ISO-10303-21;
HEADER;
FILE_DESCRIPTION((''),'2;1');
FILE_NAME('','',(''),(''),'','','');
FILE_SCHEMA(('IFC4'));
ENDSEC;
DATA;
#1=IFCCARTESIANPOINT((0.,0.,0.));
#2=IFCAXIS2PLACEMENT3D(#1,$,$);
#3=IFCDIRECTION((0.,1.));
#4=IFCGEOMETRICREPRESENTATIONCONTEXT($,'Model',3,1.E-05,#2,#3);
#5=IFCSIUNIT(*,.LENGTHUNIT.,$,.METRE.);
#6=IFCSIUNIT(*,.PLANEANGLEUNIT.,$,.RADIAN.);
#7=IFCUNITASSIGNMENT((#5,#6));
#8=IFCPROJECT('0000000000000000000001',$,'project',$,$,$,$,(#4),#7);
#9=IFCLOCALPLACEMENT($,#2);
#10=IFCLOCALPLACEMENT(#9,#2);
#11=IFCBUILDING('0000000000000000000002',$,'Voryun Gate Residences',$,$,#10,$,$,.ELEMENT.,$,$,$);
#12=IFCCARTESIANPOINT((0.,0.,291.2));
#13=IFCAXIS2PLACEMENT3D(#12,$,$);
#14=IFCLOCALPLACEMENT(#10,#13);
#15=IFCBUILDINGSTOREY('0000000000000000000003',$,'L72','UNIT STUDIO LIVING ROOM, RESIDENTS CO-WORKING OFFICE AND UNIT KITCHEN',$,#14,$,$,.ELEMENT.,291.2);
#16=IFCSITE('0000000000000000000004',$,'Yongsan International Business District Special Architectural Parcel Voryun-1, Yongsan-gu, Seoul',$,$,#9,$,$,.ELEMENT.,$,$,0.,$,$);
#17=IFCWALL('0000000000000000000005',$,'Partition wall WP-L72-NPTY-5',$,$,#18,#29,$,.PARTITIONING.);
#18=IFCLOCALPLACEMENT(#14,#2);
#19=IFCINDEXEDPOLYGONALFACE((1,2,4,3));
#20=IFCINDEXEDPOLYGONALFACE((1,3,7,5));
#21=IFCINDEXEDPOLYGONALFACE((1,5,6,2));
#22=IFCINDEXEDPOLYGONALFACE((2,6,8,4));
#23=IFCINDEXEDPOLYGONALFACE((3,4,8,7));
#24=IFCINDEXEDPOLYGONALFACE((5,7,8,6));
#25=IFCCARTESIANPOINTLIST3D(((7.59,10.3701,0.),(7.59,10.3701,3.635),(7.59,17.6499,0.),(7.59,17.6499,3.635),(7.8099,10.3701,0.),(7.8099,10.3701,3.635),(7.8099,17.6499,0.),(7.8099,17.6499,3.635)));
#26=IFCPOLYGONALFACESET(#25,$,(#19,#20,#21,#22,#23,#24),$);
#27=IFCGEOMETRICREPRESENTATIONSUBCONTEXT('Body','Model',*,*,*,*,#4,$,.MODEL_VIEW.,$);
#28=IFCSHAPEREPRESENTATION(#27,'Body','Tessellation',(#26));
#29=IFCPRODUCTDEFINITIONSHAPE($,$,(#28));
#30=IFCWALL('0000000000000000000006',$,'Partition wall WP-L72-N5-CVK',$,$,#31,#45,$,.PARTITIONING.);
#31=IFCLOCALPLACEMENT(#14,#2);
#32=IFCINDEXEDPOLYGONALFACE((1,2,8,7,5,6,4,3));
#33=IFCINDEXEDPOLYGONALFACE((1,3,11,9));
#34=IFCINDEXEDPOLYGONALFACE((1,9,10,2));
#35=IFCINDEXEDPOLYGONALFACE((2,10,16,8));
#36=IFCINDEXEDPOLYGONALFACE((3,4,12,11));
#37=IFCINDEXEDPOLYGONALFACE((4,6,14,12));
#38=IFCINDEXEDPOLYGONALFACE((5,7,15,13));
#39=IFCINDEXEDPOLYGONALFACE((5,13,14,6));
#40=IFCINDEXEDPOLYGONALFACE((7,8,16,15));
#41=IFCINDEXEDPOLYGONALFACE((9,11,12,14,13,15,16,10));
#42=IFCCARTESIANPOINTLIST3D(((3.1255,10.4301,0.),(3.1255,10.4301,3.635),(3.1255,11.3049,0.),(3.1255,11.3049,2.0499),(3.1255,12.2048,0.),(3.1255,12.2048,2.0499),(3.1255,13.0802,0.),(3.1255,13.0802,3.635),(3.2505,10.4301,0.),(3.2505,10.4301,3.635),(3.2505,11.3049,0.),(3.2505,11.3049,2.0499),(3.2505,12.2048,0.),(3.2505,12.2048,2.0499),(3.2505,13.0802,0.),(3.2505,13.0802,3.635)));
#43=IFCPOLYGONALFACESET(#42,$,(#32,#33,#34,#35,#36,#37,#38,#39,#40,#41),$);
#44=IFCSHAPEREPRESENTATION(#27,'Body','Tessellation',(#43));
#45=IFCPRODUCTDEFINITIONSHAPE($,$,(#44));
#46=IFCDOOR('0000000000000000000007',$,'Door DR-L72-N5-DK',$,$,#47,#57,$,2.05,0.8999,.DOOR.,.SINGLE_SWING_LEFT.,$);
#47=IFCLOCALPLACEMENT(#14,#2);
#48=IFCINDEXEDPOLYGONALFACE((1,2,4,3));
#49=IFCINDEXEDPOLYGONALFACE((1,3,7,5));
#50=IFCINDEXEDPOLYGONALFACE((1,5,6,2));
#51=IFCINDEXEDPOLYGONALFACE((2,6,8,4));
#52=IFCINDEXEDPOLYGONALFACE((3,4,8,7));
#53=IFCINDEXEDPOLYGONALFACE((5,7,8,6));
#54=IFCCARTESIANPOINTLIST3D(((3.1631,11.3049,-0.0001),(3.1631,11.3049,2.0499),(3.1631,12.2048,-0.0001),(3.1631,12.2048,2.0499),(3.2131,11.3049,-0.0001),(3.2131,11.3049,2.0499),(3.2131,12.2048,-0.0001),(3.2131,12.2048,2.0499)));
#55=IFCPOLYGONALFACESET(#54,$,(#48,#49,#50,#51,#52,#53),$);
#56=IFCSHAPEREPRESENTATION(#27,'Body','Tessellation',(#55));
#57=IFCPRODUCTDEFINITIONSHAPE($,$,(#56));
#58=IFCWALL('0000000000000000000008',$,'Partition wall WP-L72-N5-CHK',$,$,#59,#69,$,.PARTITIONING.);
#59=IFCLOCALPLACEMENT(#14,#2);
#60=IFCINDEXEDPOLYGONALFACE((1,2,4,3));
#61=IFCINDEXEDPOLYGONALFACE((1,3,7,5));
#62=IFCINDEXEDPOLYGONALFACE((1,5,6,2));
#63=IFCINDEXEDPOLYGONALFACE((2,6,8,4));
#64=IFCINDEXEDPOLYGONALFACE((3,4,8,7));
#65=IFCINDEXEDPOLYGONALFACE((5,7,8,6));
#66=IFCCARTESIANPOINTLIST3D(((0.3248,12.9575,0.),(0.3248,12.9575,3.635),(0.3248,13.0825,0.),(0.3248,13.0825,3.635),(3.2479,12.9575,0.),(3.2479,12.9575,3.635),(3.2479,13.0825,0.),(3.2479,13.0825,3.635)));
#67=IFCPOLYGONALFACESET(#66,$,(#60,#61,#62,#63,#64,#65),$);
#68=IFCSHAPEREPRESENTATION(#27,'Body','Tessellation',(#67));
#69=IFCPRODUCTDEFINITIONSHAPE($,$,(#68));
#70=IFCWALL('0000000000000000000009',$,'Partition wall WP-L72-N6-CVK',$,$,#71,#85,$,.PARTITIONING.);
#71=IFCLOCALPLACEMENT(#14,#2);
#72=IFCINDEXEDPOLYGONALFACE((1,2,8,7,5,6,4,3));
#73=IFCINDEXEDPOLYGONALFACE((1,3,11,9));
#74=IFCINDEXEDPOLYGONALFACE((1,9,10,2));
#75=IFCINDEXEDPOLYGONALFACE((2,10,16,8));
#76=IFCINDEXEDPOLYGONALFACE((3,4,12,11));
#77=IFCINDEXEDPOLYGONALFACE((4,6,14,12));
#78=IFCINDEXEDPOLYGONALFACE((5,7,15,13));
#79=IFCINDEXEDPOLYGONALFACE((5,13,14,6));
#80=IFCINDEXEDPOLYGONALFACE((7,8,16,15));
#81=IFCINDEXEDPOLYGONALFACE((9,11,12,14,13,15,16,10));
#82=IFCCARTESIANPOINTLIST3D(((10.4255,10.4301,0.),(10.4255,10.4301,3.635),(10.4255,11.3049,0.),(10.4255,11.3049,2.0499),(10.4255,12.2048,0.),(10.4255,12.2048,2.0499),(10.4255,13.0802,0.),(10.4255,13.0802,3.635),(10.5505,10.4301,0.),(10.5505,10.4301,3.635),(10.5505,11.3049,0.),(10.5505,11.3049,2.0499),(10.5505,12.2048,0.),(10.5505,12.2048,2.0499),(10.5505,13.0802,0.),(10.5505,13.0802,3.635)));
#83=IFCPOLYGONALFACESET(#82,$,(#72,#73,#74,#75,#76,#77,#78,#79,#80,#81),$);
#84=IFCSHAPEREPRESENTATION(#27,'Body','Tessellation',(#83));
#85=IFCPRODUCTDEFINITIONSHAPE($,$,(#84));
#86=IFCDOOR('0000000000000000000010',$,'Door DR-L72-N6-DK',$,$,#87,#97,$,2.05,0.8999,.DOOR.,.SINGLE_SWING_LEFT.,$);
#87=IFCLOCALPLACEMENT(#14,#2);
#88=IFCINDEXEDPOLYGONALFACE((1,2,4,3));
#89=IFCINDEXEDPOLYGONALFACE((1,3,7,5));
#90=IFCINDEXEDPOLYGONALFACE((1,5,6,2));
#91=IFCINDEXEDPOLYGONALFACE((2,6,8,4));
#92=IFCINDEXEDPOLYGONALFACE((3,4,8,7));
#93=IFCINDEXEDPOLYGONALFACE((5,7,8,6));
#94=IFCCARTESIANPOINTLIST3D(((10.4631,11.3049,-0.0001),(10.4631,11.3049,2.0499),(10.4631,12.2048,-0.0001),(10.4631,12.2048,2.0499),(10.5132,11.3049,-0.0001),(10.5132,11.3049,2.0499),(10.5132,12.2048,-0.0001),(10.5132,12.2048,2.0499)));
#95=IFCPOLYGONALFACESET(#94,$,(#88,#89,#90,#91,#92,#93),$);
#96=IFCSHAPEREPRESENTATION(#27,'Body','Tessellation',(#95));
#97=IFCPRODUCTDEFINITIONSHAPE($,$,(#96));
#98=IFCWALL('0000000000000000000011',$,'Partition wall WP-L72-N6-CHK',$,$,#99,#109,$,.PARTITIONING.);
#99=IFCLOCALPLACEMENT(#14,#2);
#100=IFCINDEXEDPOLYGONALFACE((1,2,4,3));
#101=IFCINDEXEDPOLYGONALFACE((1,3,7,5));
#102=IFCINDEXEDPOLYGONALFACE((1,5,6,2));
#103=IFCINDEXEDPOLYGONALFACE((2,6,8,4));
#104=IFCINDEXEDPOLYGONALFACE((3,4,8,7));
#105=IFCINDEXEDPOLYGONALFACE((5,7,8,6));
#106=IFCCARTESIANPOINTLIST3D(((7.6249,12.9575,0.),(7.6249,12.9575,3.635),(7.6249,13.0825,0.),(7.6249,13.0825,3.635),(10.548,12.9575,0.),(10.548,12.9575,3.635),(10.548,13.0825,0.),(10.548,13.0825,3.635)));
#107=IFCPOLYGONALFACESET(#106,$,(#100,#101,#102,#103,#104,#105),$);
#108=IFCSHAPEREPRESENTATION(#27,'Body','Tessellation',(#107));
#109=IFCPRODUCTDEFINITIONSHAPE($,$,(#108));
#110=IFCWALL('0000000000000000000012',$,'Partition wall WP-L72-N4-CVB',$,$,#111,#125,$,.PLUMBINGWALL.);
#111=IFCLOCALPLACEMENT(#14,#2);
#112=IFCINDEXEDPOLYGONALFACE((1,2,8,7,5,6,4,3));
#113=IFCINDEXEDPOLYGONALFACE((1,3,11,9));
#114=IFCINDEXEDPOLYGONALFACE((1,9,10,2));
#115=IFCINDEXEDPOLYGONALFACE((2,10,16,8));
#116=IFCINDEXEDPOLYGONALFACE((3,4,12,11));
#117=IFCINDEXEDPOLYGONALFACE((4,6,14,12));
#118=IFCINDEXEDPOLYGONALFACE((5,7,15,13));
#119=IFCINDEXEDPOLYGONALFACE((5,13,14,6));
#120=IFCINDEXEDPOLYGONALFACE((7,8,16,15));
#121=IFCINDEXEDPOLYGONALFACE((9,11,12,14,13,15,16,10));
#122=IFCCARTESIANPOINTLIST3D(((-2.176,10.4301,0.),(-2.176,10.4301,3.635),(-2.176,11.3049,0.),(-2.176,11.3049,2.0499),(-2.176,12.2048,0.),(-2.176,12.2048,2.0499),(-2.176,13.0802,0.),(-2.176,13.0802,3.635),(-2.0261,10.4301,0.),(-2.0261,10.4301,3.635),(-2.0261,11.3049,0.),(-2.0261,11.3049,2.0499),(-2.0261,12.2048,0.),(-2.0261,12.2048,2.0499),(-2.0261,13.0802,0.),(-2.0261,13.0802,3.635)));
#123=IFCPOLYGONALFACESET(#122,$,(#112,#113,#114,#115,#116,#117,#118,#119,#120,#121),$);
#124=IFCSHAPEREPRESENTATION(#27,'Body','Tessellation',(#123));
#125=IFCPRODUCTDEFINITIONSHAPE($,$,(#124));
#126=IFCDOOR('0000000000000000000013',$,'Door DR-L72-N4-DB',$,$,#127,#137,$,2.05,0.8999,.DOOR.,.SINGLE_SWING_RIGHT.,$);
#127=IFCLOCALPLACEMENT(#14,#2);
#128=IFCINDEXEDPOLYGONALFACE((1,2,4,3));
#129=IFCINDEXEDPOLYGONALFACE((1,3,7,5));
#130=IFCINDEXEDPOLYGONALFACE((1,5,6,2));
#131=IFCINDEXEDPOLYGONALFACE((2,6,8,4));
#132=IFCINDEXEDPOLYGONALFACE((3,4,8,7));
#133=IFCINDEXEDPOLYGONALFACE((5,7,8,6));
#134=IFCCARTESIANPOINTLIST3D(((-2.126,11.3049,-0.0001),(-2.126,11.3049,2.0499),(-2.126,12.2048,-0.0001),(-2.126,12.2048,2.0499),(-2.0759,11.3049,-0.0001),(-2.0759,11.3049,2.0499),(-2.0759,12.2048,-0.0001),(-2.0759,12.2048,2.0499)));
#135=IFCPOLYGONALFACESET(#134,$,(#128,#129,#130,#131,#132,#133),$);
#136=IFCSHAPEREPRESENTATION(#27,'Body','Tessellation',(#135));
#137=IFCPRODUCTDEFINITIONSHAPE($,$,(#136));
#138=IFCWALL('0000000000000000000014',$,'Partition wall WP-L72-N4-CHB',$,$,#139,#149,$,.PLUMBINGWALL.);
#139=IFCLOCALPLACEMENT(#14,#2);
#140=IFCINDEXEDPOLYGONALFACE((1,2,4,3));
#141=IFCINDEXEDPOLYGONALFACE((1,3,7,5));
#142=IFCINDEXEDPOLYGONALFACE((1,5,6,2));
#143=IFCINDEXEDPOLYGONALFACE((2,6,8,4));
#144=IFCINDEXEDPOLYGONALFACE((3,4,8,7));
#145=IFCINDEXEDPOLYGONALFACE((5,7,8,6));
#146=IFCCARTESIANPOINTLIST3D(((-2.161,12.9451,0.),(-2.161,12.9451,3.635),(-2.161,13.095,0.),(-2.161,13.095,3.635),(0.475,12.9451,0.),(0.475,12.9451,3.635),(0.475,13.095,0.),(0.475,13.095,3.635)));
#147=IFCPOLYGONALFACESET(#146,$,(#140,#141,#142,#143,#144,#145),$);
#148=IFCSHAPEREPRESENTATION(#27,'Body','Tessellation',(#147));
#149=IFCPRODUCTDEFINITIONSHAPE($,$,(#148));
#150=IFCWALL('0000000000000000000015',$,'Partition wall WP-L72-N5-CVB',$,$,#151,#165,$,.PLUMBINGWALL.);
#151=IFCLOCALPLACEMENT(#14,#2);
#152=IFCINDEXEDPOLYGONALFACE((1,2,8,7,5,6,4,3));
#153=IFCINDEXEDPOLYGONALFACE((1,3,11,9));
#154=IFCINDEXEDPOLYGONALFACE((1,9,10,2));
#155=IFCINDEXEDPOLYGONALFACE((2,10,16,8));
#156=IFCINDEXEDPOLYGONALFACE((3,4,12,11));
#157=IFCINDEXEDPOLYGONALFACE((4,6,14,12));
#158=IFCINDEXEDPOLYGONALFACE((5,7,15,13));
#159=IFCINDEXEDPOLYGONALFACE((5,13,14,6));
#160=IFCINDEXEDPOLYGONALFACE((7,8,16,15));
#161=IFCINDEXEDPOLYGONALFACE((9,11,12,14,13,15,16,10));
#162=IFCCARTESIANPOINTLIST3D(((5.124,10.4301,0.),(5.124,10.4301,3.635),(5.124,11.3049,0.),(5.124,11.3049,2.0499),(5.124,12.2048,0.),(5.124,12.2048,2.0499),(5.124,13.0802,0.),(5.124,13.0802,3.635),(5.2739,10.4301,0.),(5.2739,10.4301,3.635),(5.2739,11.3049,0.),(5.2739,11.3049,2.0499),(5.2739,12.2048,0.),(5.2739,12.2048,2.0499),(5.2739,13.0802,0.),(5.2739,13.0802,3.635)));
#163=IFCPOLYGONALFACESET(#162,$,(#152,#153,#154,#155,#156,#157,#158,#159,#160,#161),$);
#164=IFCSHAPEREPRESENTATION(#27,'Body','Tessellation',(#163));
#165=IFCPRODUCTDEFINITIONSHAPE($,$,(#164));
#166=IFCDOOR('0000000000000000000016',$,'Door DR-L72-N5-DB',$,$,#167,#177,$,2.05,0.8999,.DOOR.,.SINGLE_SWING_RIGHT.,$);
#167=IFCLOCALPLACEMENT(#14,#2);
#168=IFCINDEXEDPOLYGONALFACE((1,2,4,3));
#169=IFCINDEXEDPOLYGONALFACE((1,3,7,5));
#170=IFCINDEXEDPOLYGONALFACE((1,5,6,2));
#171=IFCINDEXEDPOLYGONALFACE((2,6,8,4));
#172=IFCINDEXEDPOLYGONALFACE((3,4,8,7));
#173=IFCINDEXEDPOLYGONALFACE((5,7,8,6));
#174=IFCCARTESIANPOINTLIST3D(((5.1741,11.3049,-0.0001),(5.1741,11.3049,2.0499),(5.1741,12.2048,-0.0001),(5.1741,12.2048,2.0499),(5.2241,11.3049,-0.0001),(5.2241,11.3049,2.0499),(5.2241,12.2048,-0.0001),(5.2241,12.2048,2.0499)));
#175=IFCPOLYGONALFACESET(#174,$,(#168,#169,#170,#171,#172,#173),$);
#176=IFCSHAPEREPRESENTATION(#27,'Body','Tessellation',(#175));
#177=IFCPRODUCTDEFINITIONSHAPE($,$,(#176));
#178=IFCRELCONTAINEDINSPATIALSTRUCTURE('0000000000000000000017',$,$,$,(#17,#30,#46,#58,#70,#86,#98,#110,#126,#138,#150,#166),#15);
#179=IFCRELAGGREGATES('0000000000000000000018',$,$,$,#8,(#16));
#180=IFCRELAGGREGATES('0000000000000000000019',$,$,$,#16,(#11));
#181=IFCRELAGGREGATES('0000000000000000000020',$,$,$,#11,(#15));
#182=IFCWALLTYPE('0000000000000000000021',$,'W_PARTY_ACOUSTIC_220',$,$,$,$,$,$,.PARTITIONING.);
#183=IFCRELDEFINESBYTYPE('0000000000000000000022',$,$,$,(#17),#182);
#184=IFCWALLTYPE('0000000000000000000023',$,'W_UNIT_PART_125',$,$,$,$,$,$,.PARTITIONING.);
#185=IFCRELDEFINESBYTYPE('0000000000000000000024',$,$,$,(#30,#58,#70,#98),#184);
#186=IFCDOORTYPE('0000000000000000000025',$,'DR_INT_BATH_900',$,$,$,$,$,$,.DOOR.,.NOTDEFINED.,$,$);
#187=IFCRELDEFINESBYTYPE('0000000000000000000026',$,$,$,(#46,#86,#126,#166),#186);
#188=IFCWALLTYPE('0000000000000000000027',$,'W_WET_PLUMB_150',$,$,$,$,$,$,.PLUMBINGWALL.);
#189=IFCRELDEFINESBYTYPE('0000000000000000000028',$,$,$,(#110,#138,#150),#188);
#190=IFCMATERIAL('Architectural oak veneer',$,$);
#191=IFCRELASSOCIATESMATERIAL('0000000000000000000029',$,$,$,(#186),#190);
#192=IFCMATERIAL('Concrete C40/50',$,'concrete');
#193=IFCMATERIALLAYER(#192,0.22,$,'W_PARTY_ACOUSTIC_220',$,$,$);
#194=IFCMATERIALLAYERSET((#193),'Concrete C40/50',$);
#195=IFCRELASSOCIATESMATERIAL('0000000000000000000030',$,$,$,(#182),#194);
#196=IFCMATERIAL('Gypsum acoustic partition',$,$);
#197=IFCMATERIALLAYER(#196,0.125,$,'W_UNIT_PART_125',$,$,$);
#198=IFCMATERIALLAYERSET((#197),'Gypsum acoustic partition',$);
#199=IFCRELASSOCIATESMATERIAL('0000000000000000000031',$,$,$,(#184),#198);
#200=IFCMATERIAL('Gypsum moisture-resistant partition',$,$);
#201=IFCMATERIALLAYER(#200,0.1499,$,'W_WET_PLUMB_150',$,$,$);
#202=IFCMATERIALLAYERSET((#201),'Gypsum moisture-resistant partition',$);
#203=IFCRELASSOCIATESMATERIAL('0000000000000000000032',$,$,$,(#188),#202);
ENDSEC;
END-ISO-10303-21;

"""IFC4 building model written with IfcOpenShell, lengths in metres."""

from ifc_helpers import new_model, si_unit, direction, frame, frame_2d, origin, place, context, subcontext, project, spatial, rectangle, extrude, material, layer, layer_set, type_object, element, fill, save


model = new_model("IFC4")

# Units and contexts
model_context = context("Model", 3, precision=1e-05, world=origin(), true_north=direction((0.0, 1.0)))
body_context = subcontext(model_context, "Body", "Model", "MODEL_VIEW")
ifc_project = project(units=[si_unit("LENGTHUNIT", "METRE"), si_unit("PLANEANGLEUNIT", "RADIAN")], contexts=[model_context])

# Site, building, storey
site_placement = place(None, origin())
site = spatial("IfcSite", under=ifc_project, at=site_placement, Name="Yongsan International Business District Special Architectural Parcel Voryun-1, Yongsan-gu, Seoul", CompositionType="ELEMENT", RefElevation=0.0)
building_placement = place(site_placement, origin())
building = spatial("IfcBuilding", under=site, at=building_placement, Name="Voryun Gate Residences", CompositionType="ELEMENT")
storey_placement = place(building_placement, frame((0.0, 0.0, 291.2)))
storey = spatial("IfcBuildingStorey", under=building, at=storey_placement, Name="L72", Description="UNIT STUDIO LIVING ROOM, RESIDENTS CO-WORKING OFFICE AND UNIT KITCHEN", CompositionType="ELEMENT", Elevation=291.2)

# Shared definitions
ifc_material_1 = material(Name="Architectural oak veneer")
door_type = type_object("IfcDoorType", Name="DR_INT_BATH_900", OperationType="NOTDEFINED", PredefinedType="DOOR", material=ifc_material_1)

# Wall
ifc_material_2 = material(Name="Concrete C40/50", Category="concrete")
ifc_layer_1 = layer(ifc_material_2, 0.22, Name="W_PARTY_ACOUSTIC_220")
ifc_layer_set_1 = layer_set([ifc_layer_1], Name="Concrete C40/50")
wall_type_1 = type_object("IfcWallType", Name="W_PARTY_ACOUSTIC_220", PredefinedType="PARTITIONING", material=ifc_layer_set_1)
wall_1_placement = place(storey_placement, frame((7.7, 10.3701, 0.0), z_axis=(0.0, 0.0, 1.0), x_axis=(0.0, 1.0, 0.0)))
element("IfcWall", 1, at=wall_1_placement, inside=storey, type_object=wall_type_1, Name="Partition wall WP-L72-NPTY-5", PredefinedType="PARTITIONING", context=body_context, shape_type="SweptSolid", body=[
    extrude(rectangle(XDim=7.2798, YDim=0.22, at=frame_2d((3.6399, 0.0))), origin(), (0.0, 0.0, 1.0), 3.635),
])

# Wall, opening, door
ifc_material_3 = material(Name="Gypsum acoustic partition")
ifc_layer_2 = layer(ifc_material_3, 0.125, Name="W_UNIT_PART_125")
ifc_layer_set_2 = layer_set([ifc_layer_2], Name="Gypsum acoustic partition")
wall_type_2 = type_object("IfcWallType", Name="W_UNIT_PART_125", PredefinedType="PARTITIONING", material=ifc_layer_set_2)
wall_2_placement = place(storey_placement, frame((3.188, 10.4299, 0.0), z_axis=(0.0, 0.0, 1.0), x_axis=(0.0, 1.0, 0.0)))
wall_2 = element("IfcWall", 2, at=wall_2_placement, inside=storey, type_object=wall_type_2, Name="Partition wall WP-L72-N5-CVK", PredefinedType="PARTITIONING", context=body_context, shape_type="SweptSolid", body=[
    extrude(rectangle(XDim=2.6501, YDim=0.125, at=frame_2d((1.3252, 0.0))), origin(), (0.0, 0.0, 1.0), 3.635),
])
opening_1_placement = place(wall_2_placement, frame((0.875, 0.0, 0.0)))
opening_1 = element("IfcOpeningElement", 3, at=opening_1_placement, cuts=wall_2, PredefinedType="OPENING", context=body_context, shape_type="SweptSolid", body=[
    extrude(rectangle(XDim=0.8999, YDim=2.05, at=frame_2d((0.45, 1.0249))), frame((0.0, 0.0725, 0.0), z_axis=(0.0, -1.0, 0.0), x_axis=(1.0, 0.0, 0.0)), (0.0, 0.0, 1.0), 0.145),
])
door_1_placement = place(opening_1_placement, origin())
door_1 = element("IfcDoor", 4, at=door_1_placement, inside=storey, type_object=door_type, Name="Door DR-L72-N5-DK", OperationType="SINGLE_SWING_LEFT", OverallHeight=2.05, OverallWidth=0.8999, PredefinedType="DOOR", context=body_context, shape_type="SweptSolid", body=[
    extrude(rectangle(XDim=0.8999, YDim=2.05, at=frame_2d((0.45, 1.0249))), frame((0.0, 0.0249, 0.0), z_axis=(0.0, -1.0, 0.0), x_axis=(1.0, 0.0, 0.0)), (0.0, 0.0, 1.0), 0.05),
])
fill(opening_1, door_1)

# Wall
wall_3_placement = place(storey_placement, frame((0.325, 13.02, 0.0), z_axis=(0.0, 0.0, 1.0), x_axis=(1.0, 0.0, 0.0)))
element("IfcWall", 5, at=wall_3_placement, inside=storey, type_object=wall_type_2, Name="Partition wall WP-L72-N5-CHK", PredefinedType="PARTITIONING", context=body_context, shape_type="SweptSolid", body=[
    extrude(rectangle(XDim=2.9231, YDim=0.125, at=frame_2d((1.4614, 0.0))), origin(), (0.0, 0.0, 1.0), 3.635),
])

# Wall, opening, door
wall_4_placement = place(storey_placement, frame((10.488, 10.4299, 0.0), z_axis=(0.0, 0.0, 1.0), x_axis=(0.0, 1.0, 0.0)))
wall_4 = element("IfcWall", 6, at=wall_4_placement, inside=storey, type_object=wall_type_2, Name="Partition wall WP-L72-N6-CVK", PredefinedType="PARTITIONING", context=body_context, shape_type="SweptSolid", body=[
    extrude(rectangle(XDim=2.6501, YDim=0.125, at=frame_2d((1.3252, 0.0))), origin(), (0.0, 0.0, 1.0), 3.635),
])
opening_2_placement = place(wall_4_placement, frame((0.875, 0.0, 0.0)))
opening_2 = element("IfcOpeningElement", 7, at=opening_2_placement, cuts=wall_4, PredefinedType="OPENING", context=body_context, shape_type="SweptSolid", body=[
    extrude(rectangle(XDim=0.8999, YDim=2.05, at=frame_2d((0.45, 1.0249))), frame((0.0, 0.0725, 0.0), z_axis=(0.0, -1.0, 0.0), x_axis=(1.0, 0.0, 0.0)), (0.0, 0.0, 1.0), 0.145),
])
door_2_placement = place(opening_2_placement, origin())
door_2 = element("IfcDoor", 8, at=door_2_placement, inside=storey, type_object=door_type, Name="Door DR-L72-N6-DK", OperationType="SINGLE_SWING_LEFT", OverallHeight=2.05, OverallWidth=0.8999, PredefinedType="DOOR", context=body_context, shape_type="SweptSolid", body=[
    extrude(rectangle(XDim=0.8999, YDim=2.05, at=frame_2d((0.45, 1.0249))), frame((0.0, 0.0249, 0.0), z_axis=(0.0, -1.0, 0.0), x_axis=(1.0, 0.0, 0.0)), (0.0, 0.0, 1.0), 0.05),
])
fill(opening_2, door_2)

# Wall
wall_5_placement = place(storey_placement, frame((7.625, 13.02, 0.0), z_axis=(0.0, 0.0, 1.0), x_axis=(1.0, 0.0, 0.0)))
element("IfcWall", 9, at=wall_5_placement, inside=storey, type_object=wall_type_2, Name="Partition wall WP-L72-N6-CHK", PredefinedType="PARTITIONING", context=body_context, shape_type="SweptSolid", body=[
    extrude(rectangle(XDim=2.9231, YDim=0.125, at=frame_2d((1.4614, 0.0))), origin(), (0.0, 0.0, 1.0), 3.635),
])

# Wall, opening, door
ifc_material_4 = material(Name="Gypsum moisture-resistant partition")
ifc_layer_3 = layer(ifc_material_4, 0.1499, Name="W_WET_PLUMB_150")
ifc_layer_set_3 = layer_set([ifc_layer_3], Name="Gypsum moisture-resistant partition")
wall_type_3 = type_object("IfcWallType", Name="W_WET_PLUMB_150", PredefinedType="PLUMBINGWALL", material=ifc_layer_set_3)
wall_6_placement = place(storey_placement, frame((-2.1011, 10.4299, 0.0), z_axis=(0.0, 0.0, 1.0), x_axis=(0.0, 1.0, 0.0)))
wall_6 = element("IfcWall", 10, at=wall_6_placement, inside=storey, type_object=wall_type_3, Name="Partition wall WP-L72-N4-CVB", PredefinedType="PLUMBINGWALL", context=body_context, shape_type="SweptSolid", body=[
    extrude(rectangle(XDim=2.6501, YDim=0.1499, at=frame_2d((1.3252, 0.0))), origin(), (0.0, 0.0, 1.0), 3.635),
])
opening_3_placement = place(wall_6_placement, frame((0.875, 0.0, 0.0)))
opening_3 = element("IfcOpeningElement", 11, at=opening_3_placement, cuts=wall_6, PredefinedType="OPENING", context=body_context, shape_type="SweptSolid", body=[
    extrude(rectangle(XDim=0.8999, YDim=2.05, at=frame_2d((0.45, 1.0249))), frame((0.0, 0.085, 0.0), z_axis=(0.0, -1.0, 0.0), x_axis=(1.0, 0.0, 0.0)), (0.0, 0.0, 1.0), 0.1699),
])
door_3_placement = place(opening_3_placement, origin())
door_3 = element("IfcDoor", 12, at=door_3_placement, inside=storey, type_object=door_type, Name="Door DR-L72-N4-DB", OperationType="SINGLE_SWING_RIGHT", OverallHeight=2.05, OverallWidth=0.8999, PredefinedType="DOOR", context=body_context, shape_type="SweptSolid", body=[
    extrude(rectangle(XDim=0.8999, YDim=2.05, at=frame_2d((0.45, 1.0249))), frame((0.0, 0.0249, 0.0), z_axis=(0.0, -1.0, 0.0), x_axis=(1.0, 0.0, 0.0)), (0.0, 0.0, 1.0), 0.05),
])
fill(opening_3, door_3)

# Wall
wall_7_placement = place(storey_placement, frame((-2.1609, 13.02, 0.0), z_axis=(0.0, 0.0, 1.0), x_axis=(1.0, 0.0, 0.0)))
element("IfcWall", 13, at=wall_7_placement, inside=storey, type_object=wall_type_3, Name="Partition wall WP-L72-N4-CHB", PredefinedType="PLUMBINGWALL", context=body_context, shape_type="SweptSolid", body=[
    extrude(rectangle(XDim=2.636, YDim=0.1499, at=frame_2d((1.3179, 0.0))), origin(), (0.0, 0.0, 1.0), 3.635),
])

# Wall, opening, door
wall_8_placement = place(storey_placement, frame((5.199, 10.4299, 0.0), z_axis=(0.0, 0.0, 1.0), x_axis=(0.0, 1.0, 0.0)))
wall_8 = element("IfcWall", 14, at=wall_8_placement, inside=storey, type_object=wall_type_3, Name="Partition wall WP-L72-N5-CVB", PredefinedType="PLUMBINGWALL", context=body_context, shape_type="SweptSolid", body=[
    extrude(rectangle(XDim=2.6501, YDim=0.1499, at=frame_2d((1.3252, 0.0))), origin(), (0.0, 0.0, 1.0), 3.635),
])
opening_4_placement = place(wall_8_placement, frame((0.875, 0.0, 0.0)))
opening_4 = element("IfcOpeningElement", 15, at=opening_4_placement, cuts=wall_8, PredefinedType="OPENING", context=body_context, shape_type="SweptSolid", body=[
    extrude(rectangle(XDim=0.8999, YDim=2.05, at=frame_2d((0.45, 1.0249))), frame((0.0, 0.085, 0.0), z_axis=(0.0, -1.0, 0.0), x_axis=(1.0, 0.0, 0.0)), (0.0, 0.0, 1.0), 0.1699),
])
door_4_placement = place(opening_4_placement, origin())
door_4 = element("IfcDoor", 16, at=door_4_placement, inside=storey, type_object=door_type, Name="Door DR-L72-N5-DB", OperationType="SINGLE_SWING_RIGHT", OverallHeight=2.05, OverallWidth=0.8999, PredefinedType="DOOR", context=body_context, shape_type="SweptSolid", body=[
    extrude(rectangle(XDim=0.8999, YDim=2.05, at=frame_2d((0.45, 1.0249))), frame((0.0, 0.0249, 0.0), z_axis=(0.0, -1.0, 0.0), x_axis=(1.0, 0.0, 0.0)), (0.0, 0.0, 1.0), 0.05),
])
fill(opening_4, door_4)

save(model, "model.ifc")
